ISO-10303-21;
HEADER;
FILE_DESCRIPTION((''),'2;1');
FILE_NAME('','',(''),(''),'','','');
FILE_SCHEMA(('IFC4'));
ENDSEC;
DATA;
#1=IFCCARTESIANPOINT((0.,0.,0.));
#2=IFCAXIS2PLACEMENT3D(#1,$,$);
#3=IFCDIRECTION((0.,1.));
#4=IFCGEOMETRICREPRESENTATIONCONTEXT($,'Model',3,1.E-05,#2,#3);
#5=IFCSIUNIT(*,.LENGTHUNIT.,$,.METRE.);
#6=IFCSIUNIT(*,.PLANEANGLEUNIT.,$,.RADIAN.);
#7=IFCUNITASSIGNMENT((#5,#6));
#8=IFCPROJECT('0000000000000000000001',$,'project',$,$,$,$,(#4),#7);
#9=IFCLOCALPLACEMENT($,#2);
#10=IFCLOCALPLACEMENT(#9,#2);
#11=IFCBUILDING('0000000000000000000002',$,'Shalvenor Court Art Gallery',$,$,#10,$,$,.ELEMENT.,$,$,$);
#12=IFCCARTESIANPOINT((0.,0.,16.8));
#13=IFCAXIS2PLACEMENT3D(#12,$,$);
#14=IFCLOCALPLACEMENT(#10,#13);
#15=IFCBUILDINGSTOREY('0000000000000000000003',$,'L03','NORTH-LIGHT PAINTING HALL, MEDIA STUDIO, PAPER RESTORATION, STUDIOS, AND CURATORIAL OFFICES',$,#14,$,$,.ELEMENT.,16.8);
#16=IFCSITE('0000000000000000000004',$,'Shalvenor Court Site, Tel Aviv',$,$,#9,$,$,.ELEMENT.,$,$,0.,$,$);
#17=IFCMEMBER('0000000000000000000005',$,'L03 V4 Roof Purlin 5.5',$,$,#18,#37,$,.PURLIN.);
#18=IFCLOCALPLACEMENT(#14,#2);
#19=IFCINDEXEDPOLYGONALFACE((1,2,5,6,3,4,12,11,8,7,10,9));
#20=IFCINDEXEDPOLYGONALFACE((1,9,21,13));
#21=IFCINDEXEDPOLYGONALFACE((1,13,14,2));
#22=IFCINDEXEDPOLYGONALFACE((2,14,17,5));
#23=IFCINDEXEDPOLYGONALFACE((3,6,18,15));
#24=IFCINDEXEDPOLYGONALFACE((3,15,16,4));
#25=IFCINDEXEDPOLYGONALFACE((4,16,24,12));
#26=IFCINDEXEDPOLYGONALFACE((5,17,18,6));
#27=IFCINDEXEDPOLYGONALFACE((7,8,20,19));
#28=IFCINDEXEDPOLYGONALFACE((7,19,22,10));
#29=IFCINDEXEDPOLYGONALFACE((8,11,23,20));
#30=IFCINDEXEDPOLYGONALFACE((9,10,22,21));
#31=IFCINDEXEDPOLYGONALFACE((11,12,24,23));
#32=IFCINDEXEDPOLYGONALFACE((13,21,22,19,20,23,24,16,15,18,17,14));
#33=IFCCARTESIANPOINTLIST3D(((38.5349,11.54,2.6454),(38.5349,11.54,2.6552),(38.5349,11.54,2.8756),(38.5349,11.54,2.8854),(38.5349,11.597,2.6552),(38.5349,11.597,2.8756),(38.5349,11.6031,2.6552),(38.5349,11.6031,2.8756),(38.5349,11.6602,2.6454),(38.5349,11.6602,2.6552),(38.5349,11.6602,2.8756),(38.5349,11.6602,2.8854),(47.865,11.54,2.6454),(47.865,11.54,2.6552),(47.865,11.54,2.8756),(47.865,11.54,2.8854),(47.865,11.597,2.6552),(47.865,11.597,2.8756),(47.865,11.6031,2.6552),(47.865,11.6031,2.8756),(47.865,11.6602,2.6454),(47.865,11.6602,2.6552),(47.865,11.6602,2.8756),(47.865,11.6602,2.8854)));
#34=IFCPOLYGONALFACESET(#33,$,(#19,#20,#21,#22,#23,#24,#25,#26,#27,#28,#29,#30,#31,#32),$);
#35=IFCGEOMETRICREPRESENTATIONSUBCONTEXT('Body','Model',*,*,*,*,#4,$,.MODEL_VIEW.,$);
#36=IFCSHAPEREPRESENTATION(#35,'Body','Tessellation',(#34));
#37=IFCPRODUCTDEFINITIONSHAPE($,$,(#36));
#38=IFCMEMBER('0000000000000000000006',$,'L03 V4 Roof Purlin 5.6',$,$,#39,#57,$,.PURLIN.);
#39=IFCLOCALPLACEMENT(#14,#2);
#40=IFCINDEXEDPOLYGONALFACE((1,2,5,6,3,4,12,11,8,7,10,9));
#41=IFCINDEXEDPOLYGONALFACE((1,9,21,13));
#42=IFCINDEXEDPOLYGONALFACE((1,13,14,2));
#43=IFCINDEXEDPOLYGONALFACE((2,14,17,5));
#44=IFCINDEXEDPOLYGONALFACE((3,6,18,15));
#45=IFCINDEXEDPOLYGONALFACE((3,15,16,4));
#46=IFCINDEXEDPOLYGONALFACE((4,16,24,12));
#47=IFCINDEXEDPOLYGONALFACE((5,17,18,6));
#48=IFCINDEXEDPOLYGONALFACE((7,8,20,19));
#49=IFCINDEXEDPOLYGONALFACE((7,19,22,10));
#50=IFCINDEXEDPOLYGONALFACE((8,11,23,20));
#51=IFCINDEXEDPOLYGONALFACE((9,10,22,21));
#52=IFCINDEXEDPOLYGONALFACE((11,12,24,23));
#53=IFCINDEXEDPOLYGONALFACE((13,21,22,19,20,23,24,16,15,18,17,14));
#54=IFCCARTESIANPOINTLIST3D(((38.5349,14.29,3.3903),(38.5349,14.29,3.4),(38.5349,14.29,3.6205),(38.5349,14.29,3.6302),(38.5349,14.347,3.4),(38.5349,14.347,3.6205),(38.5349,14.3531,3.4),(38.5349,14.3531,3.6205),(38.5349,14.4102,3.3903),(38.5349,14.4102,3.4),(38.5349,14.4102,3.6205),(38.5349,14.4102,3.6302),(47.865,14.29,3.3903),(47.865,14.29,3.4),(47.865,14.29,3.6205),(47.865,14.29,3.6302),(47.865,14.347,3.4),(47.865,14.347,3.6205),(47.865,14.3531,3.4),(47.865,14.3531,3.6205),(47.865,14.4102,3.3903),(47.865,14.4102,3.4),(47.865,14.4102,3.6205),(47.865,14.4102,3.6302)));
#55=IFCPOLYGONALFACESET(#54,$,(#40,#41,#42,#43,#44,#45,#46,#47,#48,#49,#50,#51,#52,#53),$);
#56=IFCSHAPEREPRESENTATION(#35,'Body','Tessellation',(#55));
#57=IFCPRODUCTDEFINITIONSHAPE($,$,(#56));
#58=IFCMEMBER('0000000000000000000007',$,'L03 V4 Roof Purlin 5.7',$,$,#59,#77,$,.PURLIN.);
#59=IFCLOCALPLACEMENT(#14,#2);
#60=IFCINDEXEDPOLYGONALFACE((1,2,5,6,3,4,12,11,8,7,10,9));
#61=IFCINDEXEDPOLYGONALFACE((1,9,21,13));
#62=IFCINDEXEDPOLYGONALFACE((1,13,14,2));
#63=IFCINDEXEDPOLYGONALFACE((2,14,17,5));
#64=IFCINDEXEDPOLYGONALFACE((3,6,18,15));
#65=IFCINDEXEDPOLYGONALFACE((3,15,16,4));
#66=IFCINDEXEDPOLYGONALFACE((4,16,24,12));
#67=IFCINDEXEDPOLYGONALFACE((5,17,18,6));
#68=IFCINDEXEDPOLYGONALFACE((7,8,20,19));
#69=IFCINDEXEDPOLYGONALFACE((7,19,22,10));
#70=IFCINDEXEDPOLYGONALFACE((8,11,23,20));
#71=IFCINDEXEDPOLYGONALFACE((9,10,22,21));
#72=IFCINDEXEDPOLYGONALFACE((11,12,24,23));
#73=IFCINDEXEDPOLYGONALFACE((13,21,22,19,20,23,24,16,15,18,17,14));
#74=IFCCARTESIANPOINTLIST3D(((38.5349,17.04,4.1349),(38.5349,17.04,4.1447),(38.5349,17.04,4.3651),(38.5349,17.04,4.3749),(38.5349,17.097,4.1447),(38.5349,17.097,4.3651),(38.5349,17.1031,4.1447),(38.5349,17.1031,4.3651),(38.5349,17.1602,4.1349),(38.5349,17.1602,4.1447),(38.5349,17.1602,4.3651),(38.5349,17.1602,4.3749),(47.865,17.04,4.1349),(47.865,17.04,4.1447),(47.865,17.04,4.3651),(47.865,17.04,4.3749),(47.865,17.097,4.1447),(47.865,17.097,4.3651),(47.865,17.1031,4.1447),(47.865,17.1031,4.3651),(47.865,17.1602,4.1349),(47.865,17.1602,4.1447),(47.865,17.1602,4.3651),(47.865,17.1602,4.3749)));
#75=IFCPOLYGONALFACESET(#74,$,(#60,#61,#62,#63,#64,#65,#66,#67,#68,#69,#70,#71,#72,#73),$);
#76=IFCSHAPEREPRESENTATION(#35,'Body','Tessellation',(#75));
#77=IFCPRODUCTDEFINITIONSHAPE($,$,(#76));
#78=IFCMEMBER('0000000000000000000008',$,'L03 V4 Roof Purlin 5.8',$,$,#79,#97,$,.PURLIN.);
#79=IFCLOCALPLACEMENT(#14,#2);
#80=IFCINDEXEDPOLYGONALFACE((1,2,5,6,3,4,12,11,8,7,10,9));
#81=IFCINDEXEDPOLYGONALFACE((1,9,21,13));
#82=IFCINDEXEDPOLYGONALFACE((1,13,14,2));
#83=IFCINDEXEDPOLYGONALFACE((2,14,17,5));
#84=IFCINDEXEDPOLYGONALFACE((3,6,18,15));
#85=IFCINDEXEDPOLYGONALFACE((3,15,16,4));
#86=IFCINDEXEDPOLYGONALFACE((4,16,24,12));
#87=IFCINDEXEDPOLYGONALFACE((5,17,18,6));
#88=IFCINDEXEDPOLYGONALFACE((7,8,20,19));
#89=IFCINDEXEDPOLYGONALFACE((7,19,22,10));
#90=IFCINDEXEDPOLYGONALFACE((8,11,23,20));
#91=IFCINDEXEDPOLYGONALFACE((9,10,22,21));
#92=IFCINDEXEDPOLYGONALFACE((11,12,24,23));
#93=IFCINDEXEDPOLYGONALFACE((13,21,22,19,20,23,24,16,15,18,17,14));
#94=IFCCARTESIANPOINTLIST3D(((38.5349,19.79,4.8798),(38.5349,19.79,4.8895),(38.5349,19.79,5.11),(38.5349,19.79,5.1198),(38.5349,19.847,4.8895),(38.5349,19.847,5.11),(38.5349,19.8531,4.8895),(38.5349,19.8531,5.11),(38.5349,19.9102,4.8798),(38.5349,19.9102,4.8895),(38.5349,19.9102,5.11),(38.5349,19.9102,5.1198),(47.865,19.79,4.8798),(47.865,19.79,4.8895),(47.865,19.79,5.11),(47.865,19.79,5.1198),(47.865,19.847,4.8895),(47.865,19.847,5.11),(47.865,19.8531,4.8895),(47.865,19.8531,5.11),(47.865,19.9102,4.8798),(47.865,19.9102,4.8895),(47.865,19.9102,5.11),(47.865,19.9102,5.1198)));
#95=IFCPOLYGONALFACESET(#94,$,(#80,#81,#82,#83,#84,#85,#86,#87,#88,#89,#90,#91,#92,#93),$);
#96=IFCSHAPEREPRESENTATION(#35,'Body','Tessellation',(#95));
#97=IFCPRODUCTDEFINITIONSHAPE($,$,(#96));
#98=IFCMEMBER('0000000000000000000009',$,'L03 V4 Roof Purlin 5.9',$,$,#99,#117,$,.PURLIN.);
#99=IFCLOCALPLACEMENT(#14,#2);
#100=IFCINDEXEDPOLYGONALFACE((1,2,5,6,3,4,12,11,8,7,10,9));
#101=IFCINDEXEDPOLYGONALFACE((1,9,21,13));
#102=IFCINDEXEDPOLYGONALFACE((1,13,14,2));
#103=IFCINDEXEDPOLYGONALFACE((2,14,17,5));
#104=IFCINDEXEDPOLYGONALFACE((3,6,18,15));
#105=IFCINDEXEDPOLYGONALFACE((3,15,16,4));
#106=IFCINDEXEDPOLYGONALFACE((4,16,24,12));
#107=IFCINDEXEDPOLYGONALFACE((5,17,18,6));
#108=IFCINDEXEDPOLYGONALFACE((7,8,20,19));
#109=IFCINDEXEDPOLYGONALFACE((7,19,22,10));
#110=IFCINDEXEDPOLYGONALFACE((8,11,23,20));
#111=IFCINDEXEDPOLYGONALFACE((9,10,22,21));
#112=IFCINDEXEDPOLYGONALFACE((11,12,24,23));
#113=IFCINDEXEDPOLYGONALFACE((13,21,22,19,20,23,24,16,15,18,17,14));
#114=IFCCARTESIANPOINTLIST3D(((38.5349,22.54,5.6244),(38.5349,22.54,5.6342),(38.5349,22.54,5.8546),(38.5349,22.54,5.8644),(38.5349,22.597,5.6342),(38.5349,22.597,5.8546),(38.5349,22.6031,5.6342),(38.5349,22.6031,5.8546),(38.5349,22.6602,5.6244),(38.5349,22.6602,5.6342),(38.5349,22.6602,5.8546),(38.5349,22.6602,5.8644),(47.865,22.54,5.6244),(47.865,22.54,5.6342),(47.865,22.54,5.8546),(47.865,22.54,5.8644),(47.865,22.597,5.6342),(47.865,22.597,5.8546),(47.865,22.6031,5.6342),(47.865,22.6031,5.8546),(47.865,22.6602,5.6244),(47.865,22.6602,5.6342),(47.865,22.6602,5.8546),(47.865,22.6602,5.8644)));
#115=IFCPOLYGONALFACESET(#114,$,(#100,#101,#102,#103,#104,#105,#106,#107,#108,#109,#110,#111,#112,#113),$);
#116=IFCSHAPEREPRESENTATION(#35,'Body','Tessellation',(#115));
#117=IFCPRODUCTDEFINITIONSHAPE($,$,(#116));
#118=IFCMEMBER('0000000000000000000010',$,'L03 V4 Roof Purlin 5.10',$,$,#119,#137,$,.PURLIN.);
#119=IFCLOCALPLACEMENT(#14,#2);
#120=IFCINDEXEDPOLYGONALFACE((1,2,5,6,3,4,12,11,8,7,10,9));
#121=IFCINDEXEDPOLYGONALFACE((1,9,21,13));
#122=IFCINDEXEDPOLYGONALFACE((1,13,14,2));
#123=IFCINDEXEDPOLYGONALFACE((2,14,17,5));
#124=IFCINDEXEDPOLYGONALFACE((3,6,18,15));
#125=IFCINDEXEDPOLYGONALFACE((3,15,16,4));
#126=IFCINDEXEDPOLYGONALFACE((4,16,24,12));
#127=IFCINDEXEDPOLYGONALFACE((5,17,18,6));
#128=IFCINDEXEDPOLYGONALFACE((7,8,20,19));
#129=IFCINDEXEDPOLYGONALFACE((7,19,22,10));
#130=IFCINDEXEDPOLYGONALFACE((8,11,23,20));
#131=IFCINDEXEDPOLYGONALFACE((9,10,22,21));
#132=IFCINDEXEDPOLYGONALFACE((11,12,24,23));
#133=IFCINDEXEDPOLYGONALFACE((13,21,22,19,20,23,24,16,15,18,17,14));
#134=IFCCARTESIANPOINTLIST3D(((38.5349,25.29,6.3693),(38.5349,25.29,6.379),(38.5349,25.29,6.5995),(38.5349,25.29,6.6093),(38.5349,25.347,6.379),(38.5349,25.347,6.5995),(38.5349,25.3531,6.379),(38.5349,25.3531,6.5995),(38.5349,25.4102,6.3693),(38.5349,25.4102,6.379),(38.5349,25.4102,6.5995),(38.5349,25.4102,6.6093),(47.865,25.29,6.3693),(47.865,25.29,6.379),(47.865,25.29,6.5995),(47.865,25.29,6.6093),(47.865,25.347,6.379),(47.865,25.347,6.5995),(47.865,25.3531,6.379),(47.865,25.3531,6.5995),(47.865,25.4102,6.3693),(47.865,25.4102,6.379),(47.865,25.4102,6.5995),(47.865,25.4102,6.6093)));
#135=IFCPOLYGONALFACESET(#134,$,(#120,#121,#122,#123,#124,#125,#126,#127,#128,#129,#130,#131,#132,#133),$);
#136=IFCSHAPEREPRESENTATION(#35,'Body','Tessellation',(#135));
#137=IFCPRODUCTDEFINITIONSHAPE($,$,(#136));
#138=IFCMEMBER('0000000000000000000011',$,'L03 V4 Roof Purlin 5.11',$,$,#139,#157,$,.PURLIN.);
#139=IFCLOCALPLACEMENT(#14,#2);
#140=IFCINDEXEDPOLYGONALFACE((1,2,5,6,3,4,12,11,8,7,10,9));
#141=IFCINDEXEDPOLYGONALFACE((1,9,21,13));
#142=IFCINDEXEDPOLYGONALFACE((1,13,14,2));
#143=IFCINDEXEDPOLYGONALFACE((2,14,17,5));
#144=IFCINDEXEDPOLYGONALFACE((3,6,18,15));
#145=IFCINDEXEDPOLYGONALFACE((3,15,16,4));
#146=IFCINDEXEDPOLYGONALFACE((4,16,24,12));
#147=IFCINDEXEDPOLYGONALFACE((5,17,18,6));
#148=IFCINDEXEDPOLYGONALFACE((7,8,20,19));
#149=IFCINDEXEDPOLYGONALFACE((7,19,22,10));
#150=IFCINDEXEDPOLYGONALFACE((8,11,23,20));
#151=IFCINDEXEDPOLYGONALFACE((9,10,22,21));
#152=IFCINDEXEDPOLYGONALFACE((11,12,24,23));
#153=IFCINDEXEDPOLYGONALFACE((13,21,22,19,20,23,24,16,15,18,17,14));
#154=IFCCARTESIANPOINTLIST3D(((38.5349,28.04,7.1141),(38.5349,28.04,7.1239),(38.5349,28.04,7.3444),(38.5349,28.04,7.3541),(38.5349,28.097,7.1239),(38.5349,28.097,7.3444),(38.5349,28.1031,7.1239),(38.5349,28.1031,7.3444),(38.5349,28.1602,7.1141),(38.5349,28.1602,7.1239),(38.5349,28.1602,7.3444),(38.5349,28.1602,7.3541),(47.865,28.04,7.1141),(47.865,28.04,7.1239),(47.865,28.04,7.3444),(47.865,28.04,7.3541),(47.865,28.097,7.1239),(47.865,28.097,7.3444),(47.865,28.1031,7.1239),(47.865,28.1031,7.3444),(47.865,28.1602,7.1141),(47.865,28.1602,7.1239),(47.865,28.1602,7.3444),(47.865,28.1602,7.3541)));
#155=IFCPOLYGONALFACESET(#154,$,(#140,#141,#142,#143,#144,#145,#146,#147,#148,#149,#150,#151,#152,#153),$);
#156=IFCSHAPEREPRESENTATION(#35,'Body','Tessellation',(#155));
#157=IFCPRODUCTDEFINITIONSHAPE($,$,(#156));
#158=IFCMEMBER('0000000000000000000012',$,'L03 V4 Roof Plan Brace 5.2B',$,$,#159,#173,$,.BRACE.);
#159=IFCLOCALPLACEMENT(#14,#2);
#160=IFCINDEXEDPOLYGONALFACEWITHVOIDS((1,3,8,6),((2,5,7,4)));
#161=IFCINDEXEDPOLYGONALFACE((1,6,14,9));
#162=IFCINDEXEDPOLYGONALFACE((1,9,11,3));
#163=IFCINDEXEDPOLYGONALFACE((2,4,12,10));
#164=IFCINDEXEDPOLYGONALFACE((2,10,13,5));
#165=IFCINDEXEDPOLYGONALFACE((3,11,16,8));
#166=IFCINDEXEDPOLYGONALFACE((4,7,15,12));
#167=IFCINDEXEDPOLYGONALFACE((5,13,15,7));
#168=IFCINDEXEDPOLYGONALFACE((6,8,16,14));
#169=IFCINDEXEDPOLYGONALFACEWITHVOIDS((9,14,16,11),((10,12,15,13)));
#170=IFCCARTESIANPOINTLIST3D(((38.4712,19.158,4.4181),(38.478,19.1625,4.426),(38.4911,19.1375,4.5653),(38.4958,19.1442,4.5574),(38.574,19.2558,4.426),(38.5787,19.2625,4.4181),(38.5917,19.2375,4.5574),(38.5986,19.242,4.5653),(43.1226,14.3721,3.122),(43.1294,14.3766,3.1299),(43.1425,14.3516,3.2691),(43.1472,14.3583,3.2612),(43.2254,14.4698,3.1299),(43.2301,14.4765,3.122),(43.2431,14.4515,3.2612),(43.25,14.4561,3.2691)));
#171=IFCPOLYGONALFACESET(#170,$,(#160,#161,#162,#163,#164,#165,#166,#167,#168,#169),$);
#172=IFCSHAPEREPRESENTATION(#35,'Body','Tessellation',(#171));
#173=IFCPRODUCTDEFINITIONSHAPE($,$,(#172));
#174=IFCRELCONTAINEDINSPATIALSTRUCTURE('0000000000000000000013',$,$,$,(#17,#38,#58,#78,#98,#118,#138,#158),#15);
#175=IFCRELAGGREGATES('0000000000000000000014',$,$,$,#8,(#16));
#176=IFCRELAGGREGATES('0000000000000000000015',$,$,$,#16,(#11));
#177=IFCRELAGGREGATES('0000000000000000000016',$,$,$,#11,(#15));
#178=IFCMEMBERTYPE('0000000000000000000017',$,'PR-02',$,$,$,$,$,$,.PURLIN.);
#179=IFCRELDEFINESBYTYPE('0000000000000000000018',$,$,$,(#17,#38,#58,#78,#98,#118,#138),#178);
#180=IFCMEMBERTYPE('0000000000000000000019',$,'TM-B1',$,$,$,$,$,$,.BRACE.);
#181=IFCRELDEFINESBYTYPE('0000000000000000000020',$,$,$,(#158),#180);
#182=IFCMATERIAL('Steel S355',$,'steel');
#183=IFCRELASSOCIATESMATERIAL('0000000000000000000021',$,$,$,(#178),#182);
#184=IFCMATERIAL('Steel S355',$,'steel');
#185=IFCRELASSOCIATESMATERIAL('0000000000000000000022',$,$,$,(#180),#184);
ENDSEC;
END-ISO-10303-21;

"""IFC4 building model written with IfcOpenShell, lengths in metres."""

from ifc_helpers import new_model, si_unit, direction, frame, origin, origin_2d, place, context, subcontext, project, spatial, hollow_rectangle, i_section, extrude, material, material_profile, profile_set, type_object, element, save


model = new_model("IFC4")

# Units and contexts
model_context = context("Model", 3, precision=1e-05, world=origin(), true_north=direction((0.0, 1.0)))
body_context = subcontext(model_context, "Body", "Model", "MODEL_VIEW")
ifc_project = project(units=[si_unit("LENGTHUNIT", "METRE"), si_unit("PLANEANGLEUNIT", "RADIAN")], contexts=[model_context])

# Site, building, storey
site_placement = place(None, origin())
site = spatial("IfcSite", under=ifc_project, at=site_placement, Name="Shalvenor Court Site, Tel Aviv", CompositionType="ELEMENT", RefElevation=0.0)
building_placement = place(site_placement, origin())
building = spatial("IfcBuilding", under=site, at=building_placement, Name="Shalvenor Court Art Gallery", CompositionType="ELEMENT")
storey_placement = place(building_placement, frame((0.0, 0.0, 16.8)))
storey = spatial("IfcBuildingStorey", under=building, at=storey_placement, Name="L03", Description="NORTH-LIGHT PAINTING HALL, MEDIA STUDIO, PAPER RESTORATION, STUDIOS, AND CURATORIAL OFFICES", CompositionType="ELEMENT", Elevation=16.8)

# Members
ifc_material_1 = material(Name="Steel S355", Category="steel")
ifc_material_profile_1 = material_profile(ifc_material_1, i_section(OverallWidth=0.1201, OverallDepth=0.24, WebThickness=0.0061, FlangeThickness=0.0098, at=origin_2d()), Name="IPE 240")
ifc_profile_set_1 = profile_set([ifc_material_profile_1], Name="Steel S355")
member_type_1 = type_object("IfcMemberType", Name="PR-02", PredefinedType="PURLIN", material=ifc_profile_set_1)
for number, where, z_axis, x_axis, name in (
    (1, (38.5349, 11.6001, 2.7654), (1.0, 0.0, 0.0), (0.0, 1.0, 0.0), "L03 V4 Roof Purlin 5.5"),
    (2, (38.5349, 14.3501, 3.5103), (1.0, 0.0, 0.0), (0.0, 1.0, 0.0), "L03 V4 Roof Purlin 5.6"),
    (3, (38.5349, 17.1001, 4.2549), (1.0, 0.0, 0.0), (0.0, 1.0, 0.0), "L03 V4 Roof Purlin 5.7"),
    (4, (38.5349, 19.8501, 4.9998), (1.0, 0.0, 0.0), (0.0, 1.0, 0.0), "L03 V4 Roof Purlin 5.8"),
    (5, (38.5349, 22.6001, 5.7444), (1.0, 0.0, 0.0), (0.0, 1.0, 0.0), "L03 V4 Roof Purlin 5.9"),
    (6, (38.5349, 25.3501, 6.4893), (1.0, 0.0, 0.0), (0.0, 1.0, 0.0), "L03 V4 Roof Purlin 5.10"),
    (7, (38.5349, 28.1001, 7.2341), (1.0, 0.0, 0.0), (0.0, 1.0, 0.0), "L03 V4 Roof Purlin 5.11"),
):
    element("IfcMember", number, at=place(storey_placement, frame(where, z_axis=z_axis, x_axis=x_axis)), inside=storey, type_object=member_type_1, Name=name, PredefinedType="PURLIN", context=body_context, shape_type="SweptSolid", body=[
        extrude(i_section(OverallWidth=0.1201, OverallDepth=0.24, WebThickness=0.0061, FlangeThickness=0.0098, at=origin_2d()), origin(), (0.0, 0.0, 1.0), 9.3301),
    ])
ifc_material_2 = material(Name="Steel S355", Category="steel")
ifc_material_profile_2 = material_profile(ifc_material_2, hollow_rectangle(XDim=0.1499, YDim=0.1499, WallThickness=0.0081, at=origin_2d()), Name="SHS 150x150x8.0")
ifc_profile_set_2 = profile_set([ifc_material_profile_2], Name="Steel S355")
member_type_2 = type_object("IfcMemberType", Name="TM-B1", PredefinedType="BRACE", material=ifc_profile_set_2)
member_1_placement = place(storey_placement, frame((43.1863, 14.4141, 3.1956), z_axis=(-0.684173, 0.70396, 0.190651), x_axis=(-0.717113, -0.696957, 0.0)))
element("IfcMember", 8, at=member_1_placement, inside=storey, type_object=member_type_2, Name="L03 V4 Roof Plan Brace 5.2B", PredefinedType="BRACE", context=body_context, shape_type="SweptSolid", body=[
    extrude(hollow_rectangle(XDim=0.1499, YDim=0.1499, WallThickness=0.0081, at=origin_2d()), origin(), (0.0, 0.0, 1.0), 6.7986),
])

save(model, "model.ifc")
